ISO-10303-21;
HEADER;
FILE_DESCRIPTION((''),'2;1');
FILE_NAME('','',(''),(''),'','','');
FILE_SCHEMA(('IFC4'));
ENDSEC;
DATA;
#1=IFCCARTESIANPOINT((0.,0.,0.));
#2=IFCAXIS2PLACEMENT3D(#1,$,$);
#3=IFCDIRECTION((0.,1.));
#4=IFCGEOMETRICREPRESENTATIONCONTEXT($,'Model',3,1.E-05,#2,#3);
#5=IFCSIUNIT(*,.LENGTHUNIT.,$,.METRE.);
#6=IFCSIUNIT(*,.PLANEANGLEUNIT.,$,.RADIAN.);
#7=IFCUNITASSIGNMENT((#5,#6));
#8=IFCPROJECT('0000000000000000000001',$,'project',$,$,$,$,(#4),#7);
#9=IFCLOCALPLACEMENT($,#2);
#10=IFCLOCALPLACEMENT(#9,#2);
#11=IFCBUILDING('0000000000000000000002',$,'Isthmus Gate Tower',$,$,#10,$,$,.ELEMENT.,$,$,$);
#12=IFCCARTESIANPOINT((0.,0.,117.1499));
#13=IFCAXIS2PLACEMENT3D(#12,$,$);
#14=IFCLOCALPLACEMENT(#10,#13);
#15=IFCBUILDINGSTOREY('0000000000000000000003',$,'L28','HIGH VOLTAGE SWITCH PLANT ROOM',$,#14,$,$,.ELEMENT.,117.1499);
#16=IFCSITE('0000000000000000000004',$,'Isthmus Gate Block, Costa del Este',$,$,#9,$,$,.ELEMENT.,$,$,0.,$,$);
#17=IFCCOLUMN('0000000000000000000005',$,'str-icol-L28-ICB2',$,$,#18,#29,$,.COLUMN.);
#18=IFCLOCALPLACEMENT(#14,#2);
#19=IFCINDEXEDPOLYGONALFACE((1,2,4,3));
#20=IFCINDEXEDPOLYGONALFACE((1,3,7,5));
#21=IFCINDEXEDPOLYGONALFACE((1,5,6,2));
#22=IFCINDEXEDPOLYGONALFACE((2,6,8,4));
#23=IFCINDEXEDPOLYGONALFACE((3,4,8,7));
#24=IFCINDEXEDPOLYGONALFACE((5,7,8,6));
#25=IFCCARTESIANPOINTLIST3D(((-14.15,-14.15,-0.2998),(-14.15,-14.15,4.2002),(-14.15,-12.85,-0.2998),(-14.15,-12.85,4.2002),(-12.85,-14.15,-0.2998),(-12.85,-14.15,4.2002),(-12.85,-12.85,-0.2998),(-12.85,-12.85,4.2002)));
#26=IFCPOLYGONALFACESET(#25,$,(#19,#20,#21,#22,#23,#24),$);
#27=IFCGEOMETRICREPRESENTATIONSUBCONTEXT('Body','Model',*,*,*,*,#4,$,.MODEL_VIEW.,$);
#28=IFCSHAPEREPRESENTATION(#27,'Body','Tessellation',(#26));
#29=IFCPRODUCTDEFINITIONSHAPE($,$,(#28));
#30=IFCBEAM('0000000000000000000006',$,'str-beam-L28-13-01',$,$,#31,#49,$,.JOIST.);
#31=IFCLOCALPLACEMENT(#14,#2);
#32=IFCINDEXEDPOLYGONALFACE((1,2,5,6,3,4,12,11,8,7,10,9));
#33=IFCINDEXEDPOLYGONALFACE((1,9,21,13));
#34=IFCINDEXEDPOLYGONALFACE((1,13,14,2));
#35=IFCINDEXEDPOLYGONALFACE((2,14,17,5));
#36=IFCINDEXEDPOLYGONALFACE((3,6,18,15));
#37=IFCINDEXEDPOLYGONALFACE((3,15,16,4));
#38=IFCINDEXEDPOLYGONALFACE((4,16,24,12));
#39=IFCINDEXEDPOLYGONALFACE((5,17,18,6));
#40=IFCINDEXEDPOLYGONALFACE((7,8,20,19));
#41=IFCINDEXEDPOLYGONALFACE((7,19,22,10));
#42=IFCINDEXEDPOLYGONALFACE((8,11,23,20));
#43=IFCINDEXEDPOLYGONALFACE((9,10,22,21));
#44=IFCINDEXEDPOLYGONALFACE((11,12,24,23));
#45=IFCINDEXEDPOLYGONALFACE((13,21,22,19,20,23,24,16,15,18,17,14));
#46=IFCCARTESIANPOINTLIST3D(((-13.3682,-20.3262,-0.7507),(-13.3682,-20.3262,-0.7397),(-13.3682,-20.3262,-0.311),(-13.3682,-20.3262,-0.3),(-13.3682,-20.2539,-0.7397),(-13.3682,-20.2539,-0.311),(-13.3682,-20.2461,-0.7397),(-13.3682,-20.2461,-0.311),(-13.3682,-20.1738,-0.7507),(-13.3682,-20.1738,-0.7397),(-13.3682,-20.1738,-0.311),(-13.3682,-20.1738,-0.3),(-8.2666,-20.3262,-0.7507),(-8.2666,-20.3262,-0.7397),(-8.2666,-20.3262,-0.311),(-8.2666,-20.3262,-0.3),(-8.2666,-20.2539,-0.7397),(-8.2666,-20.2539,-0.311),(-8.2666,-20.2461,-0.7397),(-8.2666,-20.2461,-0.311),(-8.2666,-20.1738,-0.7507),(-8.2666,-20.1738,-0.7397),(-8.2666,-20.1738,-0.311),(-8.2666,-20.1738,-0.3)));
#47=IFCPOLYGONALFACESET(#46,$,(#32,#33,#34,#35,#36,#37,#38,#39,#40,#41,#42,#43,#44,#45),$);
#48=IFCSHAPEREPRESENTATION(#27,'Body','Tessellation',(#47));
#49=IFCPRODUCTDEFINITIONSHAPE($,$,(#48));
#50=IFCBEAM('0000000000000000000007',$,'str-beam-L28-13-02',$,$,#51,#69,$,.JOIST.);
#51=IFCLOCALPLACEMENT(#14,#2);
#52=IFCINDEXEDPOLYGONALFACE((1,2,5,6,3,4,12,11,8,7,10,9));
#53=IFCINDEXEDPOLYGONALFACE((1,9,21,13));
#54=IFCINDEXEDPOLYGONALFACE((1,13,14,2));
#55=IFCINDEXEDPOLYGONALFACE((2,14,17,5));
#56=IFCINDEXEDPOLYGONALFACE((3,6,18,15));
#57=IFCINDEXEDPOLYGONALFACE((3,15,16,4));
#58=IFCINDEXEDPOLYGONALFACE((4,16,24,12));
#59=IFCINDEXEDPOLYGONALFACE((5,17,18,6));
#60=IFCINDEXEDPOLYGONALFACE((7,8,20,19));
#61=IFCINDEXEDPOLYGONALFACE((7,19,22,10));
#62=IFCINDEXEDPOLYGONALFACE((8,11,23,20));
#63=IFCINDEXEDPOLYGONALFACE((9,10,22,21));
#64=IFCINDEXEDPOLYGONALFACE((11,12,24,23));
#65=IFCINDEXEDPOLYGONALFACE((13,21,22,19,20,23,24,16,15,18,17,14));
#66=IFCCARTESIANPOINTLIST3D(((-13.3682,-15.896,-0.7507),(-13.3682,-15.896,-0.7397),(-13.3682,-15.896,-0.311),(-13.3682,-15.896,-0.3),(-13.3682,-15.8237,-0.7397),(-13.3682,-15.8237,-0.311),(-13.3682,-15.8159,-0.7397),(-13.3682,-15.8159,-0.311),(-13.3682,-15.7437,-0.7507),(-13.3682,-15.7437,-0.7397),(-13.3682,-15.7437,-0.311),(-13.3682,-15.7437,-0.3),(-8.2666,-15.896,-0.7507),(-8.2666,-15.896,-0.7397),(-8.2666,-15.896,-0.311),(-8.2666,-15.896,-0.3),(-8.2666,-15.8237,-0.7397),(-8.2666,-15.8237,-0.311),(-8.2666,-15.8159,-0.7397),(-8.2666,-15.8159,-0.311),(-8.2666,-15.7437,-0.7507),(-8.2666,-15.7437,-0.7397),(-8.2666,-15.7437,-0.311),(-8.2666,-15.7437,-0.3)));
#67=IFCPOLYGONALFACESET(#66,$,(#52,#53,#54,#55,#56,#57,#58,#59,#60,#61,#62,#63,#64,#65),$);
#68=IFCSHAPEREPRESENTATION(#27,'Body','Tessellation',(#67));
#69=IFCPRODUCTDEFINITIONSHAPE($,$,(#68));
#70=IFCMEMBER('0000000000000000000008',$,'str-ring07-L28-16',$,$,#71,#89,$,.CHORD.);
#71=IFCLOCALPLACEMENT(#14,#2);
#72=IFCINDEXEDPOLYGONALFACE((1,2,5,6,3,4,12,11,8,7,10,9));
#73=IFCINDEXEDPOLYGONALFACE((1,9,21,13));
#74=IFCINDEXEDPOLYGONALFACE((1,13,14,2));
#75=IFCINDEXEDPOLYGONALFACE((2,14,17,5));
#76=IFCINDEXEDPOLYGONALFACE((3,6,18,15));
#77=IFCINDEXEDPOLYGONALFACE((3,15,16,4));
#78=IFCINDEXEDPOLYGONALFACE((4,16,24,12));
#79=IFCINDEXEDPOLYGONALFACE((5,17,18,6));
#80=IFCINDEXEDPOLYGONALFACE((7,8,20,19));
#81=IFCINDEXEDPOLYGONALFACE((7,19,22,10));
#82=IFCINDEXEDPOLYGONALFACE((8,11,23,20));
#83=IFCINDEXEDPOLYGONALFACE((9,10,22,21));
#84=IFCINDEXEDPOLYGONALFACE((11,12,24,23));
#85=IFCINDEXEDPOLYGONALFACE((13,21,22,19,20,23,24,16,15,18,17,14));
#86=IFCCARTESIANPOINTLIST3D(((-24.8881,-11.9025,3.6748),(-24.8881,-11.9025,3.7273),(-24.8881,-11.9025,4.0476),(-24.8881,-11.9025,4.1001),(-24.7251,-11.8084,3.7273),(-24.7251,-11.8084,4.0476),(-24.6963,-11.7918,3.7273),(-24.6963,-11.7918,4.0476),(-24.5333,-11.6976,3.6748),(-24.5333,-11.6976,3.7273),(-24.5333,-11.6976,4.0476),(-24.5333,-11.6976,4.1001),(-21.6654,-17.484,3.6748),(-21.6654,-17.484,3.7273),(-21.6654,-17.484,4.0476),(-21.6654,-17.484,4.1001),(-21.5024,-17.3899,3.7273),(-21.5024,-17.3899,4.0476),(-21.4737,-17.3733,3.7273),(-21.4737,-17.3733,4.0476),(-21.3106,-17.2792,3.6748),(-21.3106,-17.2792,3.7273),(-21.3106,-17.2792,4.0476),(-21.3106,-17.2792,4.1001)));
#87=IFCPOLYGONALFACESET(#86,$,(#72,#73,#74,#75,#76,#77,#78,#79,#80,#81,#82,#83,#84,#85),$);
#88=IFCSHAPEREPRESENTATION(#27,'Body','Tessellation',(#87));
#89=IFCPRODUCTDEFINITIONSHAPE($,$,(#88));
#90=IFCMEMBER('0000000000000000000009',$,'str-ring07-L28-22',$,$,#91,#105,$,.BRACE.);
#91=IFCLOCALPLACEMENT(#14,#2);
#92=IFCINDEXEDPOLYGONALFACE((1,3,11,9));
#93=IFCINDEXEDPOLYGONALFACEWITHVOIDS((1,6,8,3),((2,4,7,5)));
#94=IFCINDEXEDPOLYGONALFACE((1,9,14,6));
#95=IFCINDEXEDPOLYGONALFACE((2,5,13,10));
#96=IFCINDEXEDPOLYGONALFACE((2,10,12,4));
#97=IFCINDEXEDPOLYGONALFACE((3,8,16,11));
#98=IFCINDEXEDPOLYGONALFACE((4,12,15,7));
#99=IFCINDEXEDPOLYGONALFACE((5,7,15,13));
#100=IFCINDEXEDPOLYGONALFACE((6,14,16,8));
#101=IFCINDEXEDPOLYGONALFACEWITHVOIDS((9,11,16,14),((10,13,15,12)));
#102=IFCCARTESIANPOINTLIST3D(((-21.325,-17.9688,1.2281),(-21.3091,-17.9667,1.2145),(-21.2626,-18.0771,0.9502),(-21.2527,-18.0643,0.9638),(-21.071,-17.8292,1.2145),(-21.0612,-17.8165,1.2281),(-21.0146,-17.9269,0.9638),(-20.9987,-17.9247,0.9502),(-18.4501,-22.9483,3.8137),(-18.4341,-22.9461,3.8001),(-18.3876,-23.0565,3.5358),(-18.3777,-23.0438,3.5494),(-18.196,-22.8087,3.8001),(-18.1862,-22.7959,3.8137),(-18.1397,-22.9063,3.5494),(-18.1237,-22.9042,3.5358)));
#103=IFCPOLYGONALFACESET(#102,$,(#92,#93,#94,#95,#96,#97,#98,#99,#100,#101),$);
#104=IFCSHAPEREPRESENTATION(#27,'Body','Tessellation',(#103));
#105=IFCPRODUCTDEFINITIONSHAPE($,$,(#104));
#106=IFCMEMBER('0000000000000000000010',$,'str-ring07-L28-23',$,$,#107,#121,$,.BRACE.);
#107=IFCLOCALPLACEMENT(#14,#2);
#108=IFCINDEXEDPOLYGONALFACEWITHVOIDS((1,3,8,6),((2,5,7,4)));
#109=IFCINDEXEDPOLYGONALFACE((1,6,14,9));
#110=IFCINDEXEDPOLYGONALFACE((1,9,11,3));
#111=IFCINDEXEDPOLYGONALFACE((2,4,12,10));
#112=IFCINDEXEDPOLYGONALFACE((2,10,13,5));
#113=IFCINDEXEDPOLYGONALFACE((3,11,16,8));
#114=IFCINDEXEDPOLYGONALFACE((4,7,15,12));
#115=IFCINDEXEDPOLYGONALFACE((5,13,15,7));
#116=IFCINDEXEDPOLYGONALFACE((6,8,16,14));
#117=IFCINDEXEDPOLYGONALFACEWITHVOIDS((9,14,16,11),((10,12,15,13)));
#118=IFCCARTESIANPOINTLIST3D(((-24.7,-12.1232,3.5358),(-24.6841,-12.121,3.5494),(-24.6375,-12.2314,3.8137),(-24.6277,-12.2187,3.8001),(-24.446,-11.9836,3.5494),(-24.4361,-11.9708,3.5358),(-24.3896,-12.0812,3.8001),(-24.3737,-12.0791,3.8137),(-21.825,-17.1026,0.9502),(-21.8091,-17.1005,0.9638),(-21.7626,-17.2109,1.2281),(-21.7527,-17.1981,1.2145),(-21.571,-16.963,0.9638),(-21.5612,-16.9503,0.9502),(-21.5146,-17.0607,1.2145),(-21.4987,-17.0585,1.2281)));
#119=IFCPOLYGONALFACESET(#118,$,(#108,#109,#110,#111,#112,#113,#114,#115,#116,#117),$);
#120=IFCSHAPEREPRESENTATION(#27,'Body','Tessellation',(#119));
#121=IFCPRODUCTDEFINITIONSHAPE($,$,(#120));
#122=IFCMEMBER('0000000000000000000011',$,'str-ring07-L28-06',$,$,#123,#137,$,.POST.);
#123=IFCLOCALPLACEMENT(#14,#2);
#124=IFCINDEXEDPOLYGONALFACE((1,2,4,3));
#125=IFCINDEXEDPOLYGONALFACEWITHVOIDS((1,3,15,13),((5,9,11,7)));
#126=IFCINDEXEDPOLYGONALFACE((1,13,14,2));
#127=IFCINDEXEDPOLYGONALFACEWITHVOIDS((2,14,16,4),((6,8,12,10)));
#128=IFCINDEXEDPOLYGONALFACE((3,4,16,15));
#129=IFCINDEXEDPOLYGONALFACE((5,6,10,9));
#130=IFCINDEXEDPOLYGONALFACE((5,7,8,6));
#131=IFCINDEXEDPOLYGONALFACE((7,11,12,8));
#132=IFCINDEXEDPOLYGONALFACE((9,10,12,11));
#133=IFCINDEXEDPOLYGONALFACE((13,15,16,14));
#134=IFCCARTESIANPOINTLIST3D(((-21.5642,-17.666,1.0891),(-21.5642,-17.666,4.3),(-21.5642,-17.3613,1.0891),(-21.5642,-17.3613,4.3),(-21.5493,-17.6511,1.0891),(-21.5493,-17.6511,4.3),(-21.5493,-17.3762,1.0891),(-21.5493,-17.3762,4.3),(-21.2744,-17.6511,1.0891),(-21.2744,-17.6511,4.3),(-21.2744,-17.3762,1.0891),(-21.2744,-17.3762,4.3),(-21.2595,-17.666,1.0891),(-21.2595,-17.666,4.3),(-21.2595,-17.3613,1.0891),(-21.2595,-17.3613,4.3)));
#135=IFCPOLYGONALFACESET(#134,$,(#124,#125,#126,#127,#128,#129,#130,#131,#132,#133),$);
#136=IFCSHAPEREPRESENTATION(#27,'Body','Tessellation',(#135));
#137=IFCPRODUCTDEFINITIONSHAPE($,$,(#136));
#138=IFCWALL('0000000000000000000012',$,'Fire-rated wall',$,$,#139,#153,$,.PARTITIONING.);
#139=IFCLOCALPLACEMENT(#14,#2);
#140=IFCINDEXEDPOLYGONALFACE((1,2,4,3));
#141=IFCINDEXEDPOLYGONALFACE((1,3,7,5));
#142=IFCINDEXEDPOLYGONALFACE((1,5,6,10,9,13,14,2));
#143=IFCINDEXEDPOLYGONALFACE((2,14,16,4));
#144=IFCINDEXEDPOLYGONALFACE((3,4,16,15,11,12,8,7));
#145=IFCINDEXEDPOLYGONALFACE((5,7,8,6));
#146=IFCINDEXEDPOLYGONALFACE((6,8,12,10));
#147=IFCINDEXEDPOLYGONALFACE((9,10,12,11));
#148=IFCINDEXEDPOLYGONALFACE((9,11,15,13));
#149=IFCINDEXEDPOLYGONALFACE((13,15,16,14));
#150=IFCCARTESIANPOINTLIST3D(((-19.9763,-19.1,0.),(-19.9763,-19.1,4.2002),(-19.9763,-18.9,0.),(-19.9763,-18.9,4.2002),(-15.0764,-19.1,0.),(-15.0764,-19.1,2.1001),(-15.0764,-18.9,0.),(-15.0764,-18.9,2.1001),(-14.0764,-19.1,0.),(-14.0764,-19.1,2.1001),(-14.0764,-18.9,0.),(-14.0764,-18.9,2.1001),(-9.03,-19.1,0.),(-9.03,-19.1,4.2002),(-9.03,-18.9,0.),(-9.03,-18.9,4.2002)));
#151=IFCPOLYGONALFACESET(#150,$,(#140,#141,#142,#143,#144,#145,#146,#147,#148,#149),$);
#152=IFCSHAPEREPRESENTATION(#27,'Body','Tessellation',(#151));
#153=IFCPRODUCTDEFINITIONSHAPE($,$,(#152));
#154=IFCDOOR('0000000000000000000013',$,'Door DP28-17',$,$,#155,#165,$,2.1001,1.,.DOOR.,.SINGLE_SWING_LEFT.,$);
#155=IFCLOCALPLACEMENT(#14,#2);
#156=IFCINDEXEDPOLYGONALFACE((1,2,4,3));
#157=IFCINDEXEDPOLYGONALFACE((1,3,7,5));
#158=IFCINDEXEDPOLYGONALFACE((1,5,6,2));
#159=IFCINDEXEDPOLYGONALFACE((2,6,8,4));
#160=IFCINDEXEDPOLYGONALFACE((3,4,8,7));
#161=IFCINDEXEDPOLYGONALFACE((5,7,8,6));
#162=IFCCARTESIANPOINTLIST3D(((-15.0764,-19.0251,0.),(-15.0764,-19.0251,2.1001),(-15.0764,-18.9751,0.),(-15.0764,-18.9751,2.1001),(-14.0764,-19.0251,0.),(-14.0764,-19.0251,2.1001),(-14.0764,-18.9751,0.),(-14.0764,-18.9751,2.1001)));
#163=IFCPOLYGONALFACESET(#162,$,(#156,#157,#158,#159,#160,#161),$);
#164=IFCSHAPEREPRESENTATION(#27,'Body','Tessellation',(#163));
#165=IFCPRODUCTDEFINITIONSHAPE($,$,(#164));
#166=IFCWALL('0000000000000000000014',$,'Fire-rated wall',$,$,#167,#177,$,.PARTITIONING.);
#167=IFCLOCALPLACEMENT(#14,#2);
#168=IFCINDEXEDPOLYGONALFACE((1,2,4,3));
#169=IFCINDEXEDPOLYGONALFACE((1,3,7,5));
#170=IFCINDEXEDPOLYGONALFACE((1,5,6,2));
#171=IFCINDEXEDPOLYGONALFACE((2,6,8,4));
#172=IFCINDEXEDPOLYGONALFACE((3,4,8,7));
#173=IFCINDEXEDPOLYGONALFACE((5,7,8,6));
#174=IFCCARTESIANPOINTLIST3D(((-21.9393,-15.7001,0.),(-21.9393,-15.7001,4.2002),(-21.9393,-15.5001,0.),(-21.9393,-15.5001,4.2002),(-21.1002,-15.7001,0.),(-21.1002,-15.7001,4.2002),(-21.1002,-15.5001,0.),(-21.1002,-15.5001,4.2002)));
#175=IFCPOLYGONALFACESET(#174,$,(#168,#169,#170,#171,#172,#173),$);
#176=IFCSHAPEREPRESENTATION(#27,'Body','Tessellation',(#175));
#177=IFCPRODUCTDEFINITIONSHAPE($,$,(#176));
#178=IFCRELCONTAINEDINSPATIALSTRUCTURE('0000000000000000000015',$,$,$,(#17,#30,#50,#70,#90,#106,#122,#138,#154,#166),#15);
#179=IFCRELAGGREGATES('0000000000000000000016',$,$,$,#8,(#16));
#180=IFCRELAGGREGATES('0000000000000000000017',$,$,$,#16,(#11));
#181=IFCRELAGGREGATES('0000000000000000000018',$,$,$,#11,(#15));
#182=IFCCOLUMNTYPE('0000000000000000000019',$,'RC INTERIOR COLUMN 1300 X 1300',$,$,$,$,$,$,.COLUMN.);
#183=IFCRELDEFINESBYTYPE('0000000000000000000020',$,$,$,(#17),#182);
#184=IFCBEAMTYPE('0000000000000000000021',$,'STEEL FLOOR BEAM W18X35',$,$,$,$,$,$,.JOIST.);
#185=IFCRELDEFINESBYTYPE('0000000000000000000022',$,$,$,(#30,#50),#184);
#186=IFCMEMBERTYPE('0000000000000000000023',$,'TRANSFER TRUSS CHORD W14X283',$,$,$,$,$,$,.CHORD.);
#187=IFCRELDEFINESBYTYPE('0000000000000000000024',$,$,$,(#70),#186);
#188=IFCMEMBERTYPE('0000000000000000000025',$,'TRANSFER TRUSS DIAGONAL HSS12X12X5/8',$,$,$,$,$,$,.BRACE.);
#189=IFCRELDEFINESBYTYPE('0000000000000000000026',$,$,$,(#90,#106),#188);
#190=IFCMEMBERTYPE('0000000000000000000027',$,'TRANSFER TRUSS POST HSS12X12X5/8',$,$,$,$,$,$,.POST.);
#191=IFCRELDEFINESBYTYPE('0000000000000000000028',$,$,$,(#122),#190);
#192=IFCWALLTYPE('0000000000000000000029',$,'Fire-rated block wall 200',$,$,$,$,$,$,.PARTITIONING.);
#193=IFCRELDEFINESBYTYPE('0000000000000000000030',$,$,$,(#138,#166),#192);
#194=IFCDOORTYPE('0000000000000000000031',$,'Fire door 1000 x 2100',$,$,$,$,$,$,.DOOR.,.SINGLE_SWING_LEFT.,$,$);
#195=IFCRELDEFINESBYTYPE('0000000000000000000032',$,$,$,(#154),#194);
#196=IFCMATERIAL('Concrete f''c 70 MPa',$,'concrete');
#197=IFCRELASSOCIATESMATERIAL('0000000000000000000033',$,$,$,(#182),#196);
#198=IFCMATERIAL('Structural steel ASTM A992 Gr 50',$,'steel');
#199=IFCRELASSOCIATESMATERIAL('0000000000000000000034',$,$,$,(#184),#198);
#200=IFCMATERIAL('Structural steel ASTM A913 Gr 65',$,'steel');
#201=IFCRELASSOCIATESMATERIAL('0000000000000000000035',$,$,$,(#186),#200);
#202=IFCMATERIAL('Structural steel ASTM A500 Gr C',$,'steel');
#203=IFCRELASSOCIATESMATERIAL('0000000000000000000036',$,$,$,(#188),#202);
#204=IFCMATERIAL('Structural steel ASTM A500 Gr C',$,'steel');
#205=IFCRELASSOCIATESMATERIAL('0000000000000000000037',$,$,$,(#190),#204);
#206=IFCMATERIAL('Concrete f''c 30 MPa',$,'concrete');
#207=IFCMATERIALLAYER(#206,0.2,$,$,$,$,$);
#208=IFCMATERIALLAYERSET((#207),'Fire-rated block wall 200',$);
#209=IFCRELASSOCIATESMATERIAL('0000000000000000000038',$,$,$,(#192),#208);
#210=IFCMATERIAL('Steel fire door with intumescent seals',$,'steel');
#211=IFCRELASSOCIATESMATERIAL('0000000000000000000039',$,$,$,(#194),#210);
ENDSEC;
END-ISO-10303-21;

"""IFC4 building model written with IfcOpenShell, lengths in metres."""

from ifc_helpers import new_model, si_unit, direction, frame, frame_2d, origin, origin_2d, place, context, subcontext, project, spatial, rectangle, hollow_rectangle, i_section, extrude, material, layer, layer_set, material_profile, profile_set, type_object, element, fill, save


model = new_model("IFC4")

# Units and contexts
model_context = context("Model", 3, precision=1e-05, world=origin(), true_north=direction((0.0, 1.0)))
body_context = subcontext(model_context, "Body", "Model", "MODEL_VIEW")
ifc_project = project(units=[si_unit("LENGTHUNIT", "METRE"), si_unit("PLANEANGLEUNIT", "RADIAN")], contexts=[model_context])

# Site, building, storey
site_placement = place(None, origin())
site = spatial("IfcSite", under=ifc_project, at=site_placement, Name="Isthmus Gate Block, Costa del Este", CompositionType="ELEMENT", RefElevation=0.0)
building_placement = place(site_placement, origin())
building = spatial("IfcBuilding", under=site, at=building_placement, Name="Isthmus Gate Tower", CompositionType="ELEMENT")
storey_placement = place(building_placement, frame((0.0, 0.0, 117.1499)))
storey = spatial("IfcBuildingStorey", under=building, at=storey_placement, Name="L28", Description="HIGH VOLTAGE SWITCH PLANT ROOM", CompositionType="ELEMENT", Elevation=117.1499)

# Column
ifc_material_1 = material(Name="Concrete f'c 70 MPa", Category="concrete")
ifc_material_profile_1 = material_profile(ifc_material_1, rectangle(XDim=1.3, YDim=1.3, at=origin_2d()), Name="RC 1300X1300")
ifc_profile_set_1 = profile_set([ifc_material_profile_1], Name="Concrete f'c 70 MPa")
column_type = type_object("IfcColumnType", Name="RC INTERIOR COLUMN 1300 X 1300", PredefinedType="COLUMN", material=ifc_profile_set_1)
column_placement = place(storey_placement, frame((-13.5, -13.5, -0.2998), z_axis=(0.0, 0.0, 1.0), x_axis=(1.0, 0.0, 0.0)))
element("IfcColumn", 1, at=column_placement, inside=storey, type_object=column_type, Name="str-icol-L28-ICB2", PredefinedType="COLUMN", context=body_context, shape_type="SweptSolid", body=[
    extrude(rectangle(XDim=1.3, YDim=1.3, at=origin_2d()), origin(), (0.0, 0.0, 1.0), 4.5),
])

# Beams
ifc_material_2 = material(Name="Structural steel ASTM A992 Gr 50", Category="steel")
ifc_material_profile_2 = material_profile(ifc_material_2, i_section(OverallWidth=0.1523, OverallDepth=0.4507, WebThickness=0.0078, FlangeThickness=0.011, at=origin_2d()), Name="W18X35")
ifc_profile_set_2 = profile_set([ifc_material_profile_2], Name="Structural steel ASTM A992 Gr 50")
beam_type = type_object("IfcBeamType", Name="STEEL FLOOR BEAM W18X35", PredefinedType="JOIST", material=ifc_profile_set_2)
for number, where, z_axis, x_axis, name in (
    (2, (-13.3682, -20.25, -0.5254), (1.0, 0.0, 0.0), (0.0, 1.0, 0.0), "str-beam-L28-13-01"),
    (3, (-13.3682, -15.8198, -0.5254), (1.0, 0.0, 0.0), (0.0, 1.0, 0.0), "str-beam-L28-13-02"),
):
    element("IfcBeam", number, at=place(storey_placement, frame(where, z_axis=z_axis, x_axis=x_axis)), inside=storey, type_object=beam_type, Name=name, PredefinedType="JOIST", context=body_context, shape_type="SweptSolid", body=[
        extrude(i_section(OverallWidth=0.1523, OverallDepth=0.4507, WebThickness=0.0078, FlangeThickness=0.011, at=origin_2d()), origin(), (0.0, 0.0, 1.0), 5.1016),
    ])

# Members
ifc_material_3 = material(Name="Structural steel ASTM A913 Gr 65", Category="steel")
ifc_material_profile_3 = material_profile(ifc_material_3, i_section(OverallWidth=0.4097, OverallDepth=0.4253, WebThickness=0.0332, FlangeThickness=0.0525, at=origin_2d()), Name="W14X283")
ifc_profile_set_3 = profile_set([ifc_material_profile_3], Name="Structural steel ASTM A913 Gr 65")
member_type_1 = type_object("IfcMemberType", Name="TRANSFER TRUSS CHORD W14X283", PredefinedType="CHORD", material=ifc_profile_set_3)
member_1_placement = place(storey_placement, frame((-21.488, -17.3816, 3.8875), z_axis=(-0.500018, 0.866015, 0.0), x_axis=(-0.866015, -0.500018, 0.0)))
element("IfcMember", 4, at=member_1_placement, inside=storey, type_object=member_type_1, Name="str-ring07-L28-16", PredefinedType="CHORD", context=body_context, shape_type="SweptSolid", body=[
    extrude(i_section(OverallWidth=0.4097, OverallDepth=0.4253, WebThickness=0.0332, FlangeThickness=0.0525, at=origin_2d()), origin(), (0.0, 0.0, 1.0), 6.4451),
])
ifc_material_4 = material(Name="Structural steel ASTM A500 Gr C", Category="steel")
ifc_material_profile_4 = material_profile(ifc_material_4, hollow_rectangle(XDim=0.3047, YDim=0.3047, WallThickness=0.0149, at=origin_2d()), Name="HSS12X12X5/8")
ifc_profile_set_4 = profile_set([ifc_material_profile_4], Name="Structural steel ASTM A500 Gr C")
member_type_2 = type_object("IfcMemberType", Name="TRANSFER TRUSS DIAGONAL HSS12X12X5/8", PredefinedType="BRACE", material=ifc_profile_set_4)
for number, where, z_axis, x_axis, name in (
    (5, (-21.1619, -17.9468, 1.0891), (0.456023, -0.789831, 0.410134), (0.866019, 0.500012, 0.0), "str-ring07-L28-22"),
    (6, (-21.6619, -17.0806, 1.0891), (-0.456023, 0.789831, 0.410134), (-0.866019, -0.500012, 0.0), "str-ring07-L28-23"),
):
    element("IfcMember", number, at=place(storey_placement, frame(where, z_axis=z_axis, x_axis=x_axis)), inside=storey, type_object=member_type_2, Name=name, PredefinedType="BRACE", context=body_context, shape_type="SweptSolid", body=[
        extrude(hollow_rectangle(XDim=0.3047, YDim=0.3047, WallThickness=0.0149, at=origin_2d()), origin(), (0.0, 0.0, 1.0), 6.3044),
    ])
ifc_material_5 = material(Name="Structural steel ASTM A500 Gr C", Category="steel")
ifc_material_profile_5 = material_profile(ifc_material_5, hollow_rectangle(XDim=0.3047, YDim=0.3047, WallThickness=0.0149, at=origin_2d()), Name="HSS12X12X5/8")
ifc_profile_set_5 = profile_set([ifc_material_profile_5], Name="Structural steel ASTM A500 Gr C")
member_type_3 = type_object("IfcMemberType", Name="TRANSFER TRUSS POST HSS12X12X5/8", PredefinedType="POST", material=ifc_profile_set_5)
member_2_placement = place(storey_placement, frame((-21.4119, -17.5137, 1.0891), z_axis=(0.0, 0.0, 1.0), x_axis=(1.0, 0.0, 0.0)))
element("IfcMember", 7, at=member_2_placement, inside=storey, type_object=member_type_3, Name="str-ring07-L28-06", PredefinedType="POST", context=body_context, shape_type="SweptSolid", body=[
    extrude(hollow_rectangle(XDim=0.3047, YDim=0.3047, WallThickness=0.0149, at=origin_2d()), origin(), (0.0, 0.0, 1.0), 3.2109),
])

# Wall, opening, door
ifc_material_6 = material(Name="Concrete f'c 30 MPa", Category="concrete")
ifc_layer_1 = layer(ifc_material_6, 0.2)
ifc_layer_set_1 = layer_set([ifc_layer_1], Name="Fire-rated block wall 200")
wall_type_1 = type_object("IfcWallType", Name="Fire-rated block wall 200", PredefinedType="PARTITIONING", material=ifc_layer_set_1)
wall_1_placement = place(storey_placement, frame((-19.9763, -19.0, 0.0), z_axis=(0.0, 0.0, 1.0), x_axis=(1.0, 0.0, 0.0)))
wall_1 = element("IfcWall", 8, at=wall_1_placement, inside=storey, type_object=wall_type_1, Name="Fire-rated wall", PredefinedType="PARTITIONING", context=body_context, shape_type="SweptSolid", body=[
    extrude(rectangle(XDim=10.9463, YDim=0.2, at=frame_2d((5.4731, 0.0))), origin(), (0.0, 0.0, 1.0), 4.2002),
])
opening_1_placement = place(wall_1_placement, frame((4.8999, 0.0, 0.0)))
opening_1 = element("IfcOpeningElement", 9, at=opening_1_placement, cuts=wall_1, PredefinedType="OPENING", context=body_context, shape_type="SweptSolid", body=[
    extrude(rectangle(XDim=1.0, YDim=2.1001, at=frame_2d((0.5, 1.05))), frame((0.0, 0.1099, 0.0), z_axis=(0.0, -1.0, 0.0), x_axis=(1.0, 0.0, 0.0)), (0.0, 0.0, 1.0), 0.22),
])
ifc_material_7 = material(Name="Steel fire door with intumescent seals", Category="steel")
door_type = type_object("IfcDoorType", Name="Fire door 1000 x 2100", OperationType="SINGLE_SWING_LEFT", PredefinedType="DOOR", material=ifc_material_7)
door_1_placement = place(opening_1_placement, origin())
door_1 = element("IfcDoor", 10, at=door_1_placement, inside=storey, type_object=door_type, Name="Door DP28-17", OperationType="SINGLE_SWING_LEFT", OverallHeight=2.1001, OverallWidth=1.0, PredefinedType="DOOR", context=body_context, shape_type="SweptSolid", body=[
    extrude(rectangle(XDim=1.0, YDim=2.1001, at=frame_2d((0.5, 1.05))), frame((0.0, 0.0249, 0.0), z_axis=(0.0, -1.0, 0.0), x_axis=(1.0, 0.0, 0.0)), (0.0, 0.0, 1.0), 0.05),
])
fill(opening_1, door_1)

# Wall
wall_2_placement = place(storey_placement, frame((-21.9392, -15.6001, 0.0), z_axis=(0.0, 0.0, 1.0), x_axis=(1.0, 0.0, 0.0)))
element("IfcWall", 11, at=wall_2_placement, inside=storey, type_object=wall_type_1, Name="Fire-rated wall", PredefinedType="PARTITIONING", context=body_context, shape_type="SweptSolid", body=[
    extrude(rectangle(XDim=0.8391, YDim=0.2, at=frame_2d((0.4194, 0.0))), origin(), (0.0, 0.0, 1.0), 4.2002),
])

save(model, "model.ifc")
